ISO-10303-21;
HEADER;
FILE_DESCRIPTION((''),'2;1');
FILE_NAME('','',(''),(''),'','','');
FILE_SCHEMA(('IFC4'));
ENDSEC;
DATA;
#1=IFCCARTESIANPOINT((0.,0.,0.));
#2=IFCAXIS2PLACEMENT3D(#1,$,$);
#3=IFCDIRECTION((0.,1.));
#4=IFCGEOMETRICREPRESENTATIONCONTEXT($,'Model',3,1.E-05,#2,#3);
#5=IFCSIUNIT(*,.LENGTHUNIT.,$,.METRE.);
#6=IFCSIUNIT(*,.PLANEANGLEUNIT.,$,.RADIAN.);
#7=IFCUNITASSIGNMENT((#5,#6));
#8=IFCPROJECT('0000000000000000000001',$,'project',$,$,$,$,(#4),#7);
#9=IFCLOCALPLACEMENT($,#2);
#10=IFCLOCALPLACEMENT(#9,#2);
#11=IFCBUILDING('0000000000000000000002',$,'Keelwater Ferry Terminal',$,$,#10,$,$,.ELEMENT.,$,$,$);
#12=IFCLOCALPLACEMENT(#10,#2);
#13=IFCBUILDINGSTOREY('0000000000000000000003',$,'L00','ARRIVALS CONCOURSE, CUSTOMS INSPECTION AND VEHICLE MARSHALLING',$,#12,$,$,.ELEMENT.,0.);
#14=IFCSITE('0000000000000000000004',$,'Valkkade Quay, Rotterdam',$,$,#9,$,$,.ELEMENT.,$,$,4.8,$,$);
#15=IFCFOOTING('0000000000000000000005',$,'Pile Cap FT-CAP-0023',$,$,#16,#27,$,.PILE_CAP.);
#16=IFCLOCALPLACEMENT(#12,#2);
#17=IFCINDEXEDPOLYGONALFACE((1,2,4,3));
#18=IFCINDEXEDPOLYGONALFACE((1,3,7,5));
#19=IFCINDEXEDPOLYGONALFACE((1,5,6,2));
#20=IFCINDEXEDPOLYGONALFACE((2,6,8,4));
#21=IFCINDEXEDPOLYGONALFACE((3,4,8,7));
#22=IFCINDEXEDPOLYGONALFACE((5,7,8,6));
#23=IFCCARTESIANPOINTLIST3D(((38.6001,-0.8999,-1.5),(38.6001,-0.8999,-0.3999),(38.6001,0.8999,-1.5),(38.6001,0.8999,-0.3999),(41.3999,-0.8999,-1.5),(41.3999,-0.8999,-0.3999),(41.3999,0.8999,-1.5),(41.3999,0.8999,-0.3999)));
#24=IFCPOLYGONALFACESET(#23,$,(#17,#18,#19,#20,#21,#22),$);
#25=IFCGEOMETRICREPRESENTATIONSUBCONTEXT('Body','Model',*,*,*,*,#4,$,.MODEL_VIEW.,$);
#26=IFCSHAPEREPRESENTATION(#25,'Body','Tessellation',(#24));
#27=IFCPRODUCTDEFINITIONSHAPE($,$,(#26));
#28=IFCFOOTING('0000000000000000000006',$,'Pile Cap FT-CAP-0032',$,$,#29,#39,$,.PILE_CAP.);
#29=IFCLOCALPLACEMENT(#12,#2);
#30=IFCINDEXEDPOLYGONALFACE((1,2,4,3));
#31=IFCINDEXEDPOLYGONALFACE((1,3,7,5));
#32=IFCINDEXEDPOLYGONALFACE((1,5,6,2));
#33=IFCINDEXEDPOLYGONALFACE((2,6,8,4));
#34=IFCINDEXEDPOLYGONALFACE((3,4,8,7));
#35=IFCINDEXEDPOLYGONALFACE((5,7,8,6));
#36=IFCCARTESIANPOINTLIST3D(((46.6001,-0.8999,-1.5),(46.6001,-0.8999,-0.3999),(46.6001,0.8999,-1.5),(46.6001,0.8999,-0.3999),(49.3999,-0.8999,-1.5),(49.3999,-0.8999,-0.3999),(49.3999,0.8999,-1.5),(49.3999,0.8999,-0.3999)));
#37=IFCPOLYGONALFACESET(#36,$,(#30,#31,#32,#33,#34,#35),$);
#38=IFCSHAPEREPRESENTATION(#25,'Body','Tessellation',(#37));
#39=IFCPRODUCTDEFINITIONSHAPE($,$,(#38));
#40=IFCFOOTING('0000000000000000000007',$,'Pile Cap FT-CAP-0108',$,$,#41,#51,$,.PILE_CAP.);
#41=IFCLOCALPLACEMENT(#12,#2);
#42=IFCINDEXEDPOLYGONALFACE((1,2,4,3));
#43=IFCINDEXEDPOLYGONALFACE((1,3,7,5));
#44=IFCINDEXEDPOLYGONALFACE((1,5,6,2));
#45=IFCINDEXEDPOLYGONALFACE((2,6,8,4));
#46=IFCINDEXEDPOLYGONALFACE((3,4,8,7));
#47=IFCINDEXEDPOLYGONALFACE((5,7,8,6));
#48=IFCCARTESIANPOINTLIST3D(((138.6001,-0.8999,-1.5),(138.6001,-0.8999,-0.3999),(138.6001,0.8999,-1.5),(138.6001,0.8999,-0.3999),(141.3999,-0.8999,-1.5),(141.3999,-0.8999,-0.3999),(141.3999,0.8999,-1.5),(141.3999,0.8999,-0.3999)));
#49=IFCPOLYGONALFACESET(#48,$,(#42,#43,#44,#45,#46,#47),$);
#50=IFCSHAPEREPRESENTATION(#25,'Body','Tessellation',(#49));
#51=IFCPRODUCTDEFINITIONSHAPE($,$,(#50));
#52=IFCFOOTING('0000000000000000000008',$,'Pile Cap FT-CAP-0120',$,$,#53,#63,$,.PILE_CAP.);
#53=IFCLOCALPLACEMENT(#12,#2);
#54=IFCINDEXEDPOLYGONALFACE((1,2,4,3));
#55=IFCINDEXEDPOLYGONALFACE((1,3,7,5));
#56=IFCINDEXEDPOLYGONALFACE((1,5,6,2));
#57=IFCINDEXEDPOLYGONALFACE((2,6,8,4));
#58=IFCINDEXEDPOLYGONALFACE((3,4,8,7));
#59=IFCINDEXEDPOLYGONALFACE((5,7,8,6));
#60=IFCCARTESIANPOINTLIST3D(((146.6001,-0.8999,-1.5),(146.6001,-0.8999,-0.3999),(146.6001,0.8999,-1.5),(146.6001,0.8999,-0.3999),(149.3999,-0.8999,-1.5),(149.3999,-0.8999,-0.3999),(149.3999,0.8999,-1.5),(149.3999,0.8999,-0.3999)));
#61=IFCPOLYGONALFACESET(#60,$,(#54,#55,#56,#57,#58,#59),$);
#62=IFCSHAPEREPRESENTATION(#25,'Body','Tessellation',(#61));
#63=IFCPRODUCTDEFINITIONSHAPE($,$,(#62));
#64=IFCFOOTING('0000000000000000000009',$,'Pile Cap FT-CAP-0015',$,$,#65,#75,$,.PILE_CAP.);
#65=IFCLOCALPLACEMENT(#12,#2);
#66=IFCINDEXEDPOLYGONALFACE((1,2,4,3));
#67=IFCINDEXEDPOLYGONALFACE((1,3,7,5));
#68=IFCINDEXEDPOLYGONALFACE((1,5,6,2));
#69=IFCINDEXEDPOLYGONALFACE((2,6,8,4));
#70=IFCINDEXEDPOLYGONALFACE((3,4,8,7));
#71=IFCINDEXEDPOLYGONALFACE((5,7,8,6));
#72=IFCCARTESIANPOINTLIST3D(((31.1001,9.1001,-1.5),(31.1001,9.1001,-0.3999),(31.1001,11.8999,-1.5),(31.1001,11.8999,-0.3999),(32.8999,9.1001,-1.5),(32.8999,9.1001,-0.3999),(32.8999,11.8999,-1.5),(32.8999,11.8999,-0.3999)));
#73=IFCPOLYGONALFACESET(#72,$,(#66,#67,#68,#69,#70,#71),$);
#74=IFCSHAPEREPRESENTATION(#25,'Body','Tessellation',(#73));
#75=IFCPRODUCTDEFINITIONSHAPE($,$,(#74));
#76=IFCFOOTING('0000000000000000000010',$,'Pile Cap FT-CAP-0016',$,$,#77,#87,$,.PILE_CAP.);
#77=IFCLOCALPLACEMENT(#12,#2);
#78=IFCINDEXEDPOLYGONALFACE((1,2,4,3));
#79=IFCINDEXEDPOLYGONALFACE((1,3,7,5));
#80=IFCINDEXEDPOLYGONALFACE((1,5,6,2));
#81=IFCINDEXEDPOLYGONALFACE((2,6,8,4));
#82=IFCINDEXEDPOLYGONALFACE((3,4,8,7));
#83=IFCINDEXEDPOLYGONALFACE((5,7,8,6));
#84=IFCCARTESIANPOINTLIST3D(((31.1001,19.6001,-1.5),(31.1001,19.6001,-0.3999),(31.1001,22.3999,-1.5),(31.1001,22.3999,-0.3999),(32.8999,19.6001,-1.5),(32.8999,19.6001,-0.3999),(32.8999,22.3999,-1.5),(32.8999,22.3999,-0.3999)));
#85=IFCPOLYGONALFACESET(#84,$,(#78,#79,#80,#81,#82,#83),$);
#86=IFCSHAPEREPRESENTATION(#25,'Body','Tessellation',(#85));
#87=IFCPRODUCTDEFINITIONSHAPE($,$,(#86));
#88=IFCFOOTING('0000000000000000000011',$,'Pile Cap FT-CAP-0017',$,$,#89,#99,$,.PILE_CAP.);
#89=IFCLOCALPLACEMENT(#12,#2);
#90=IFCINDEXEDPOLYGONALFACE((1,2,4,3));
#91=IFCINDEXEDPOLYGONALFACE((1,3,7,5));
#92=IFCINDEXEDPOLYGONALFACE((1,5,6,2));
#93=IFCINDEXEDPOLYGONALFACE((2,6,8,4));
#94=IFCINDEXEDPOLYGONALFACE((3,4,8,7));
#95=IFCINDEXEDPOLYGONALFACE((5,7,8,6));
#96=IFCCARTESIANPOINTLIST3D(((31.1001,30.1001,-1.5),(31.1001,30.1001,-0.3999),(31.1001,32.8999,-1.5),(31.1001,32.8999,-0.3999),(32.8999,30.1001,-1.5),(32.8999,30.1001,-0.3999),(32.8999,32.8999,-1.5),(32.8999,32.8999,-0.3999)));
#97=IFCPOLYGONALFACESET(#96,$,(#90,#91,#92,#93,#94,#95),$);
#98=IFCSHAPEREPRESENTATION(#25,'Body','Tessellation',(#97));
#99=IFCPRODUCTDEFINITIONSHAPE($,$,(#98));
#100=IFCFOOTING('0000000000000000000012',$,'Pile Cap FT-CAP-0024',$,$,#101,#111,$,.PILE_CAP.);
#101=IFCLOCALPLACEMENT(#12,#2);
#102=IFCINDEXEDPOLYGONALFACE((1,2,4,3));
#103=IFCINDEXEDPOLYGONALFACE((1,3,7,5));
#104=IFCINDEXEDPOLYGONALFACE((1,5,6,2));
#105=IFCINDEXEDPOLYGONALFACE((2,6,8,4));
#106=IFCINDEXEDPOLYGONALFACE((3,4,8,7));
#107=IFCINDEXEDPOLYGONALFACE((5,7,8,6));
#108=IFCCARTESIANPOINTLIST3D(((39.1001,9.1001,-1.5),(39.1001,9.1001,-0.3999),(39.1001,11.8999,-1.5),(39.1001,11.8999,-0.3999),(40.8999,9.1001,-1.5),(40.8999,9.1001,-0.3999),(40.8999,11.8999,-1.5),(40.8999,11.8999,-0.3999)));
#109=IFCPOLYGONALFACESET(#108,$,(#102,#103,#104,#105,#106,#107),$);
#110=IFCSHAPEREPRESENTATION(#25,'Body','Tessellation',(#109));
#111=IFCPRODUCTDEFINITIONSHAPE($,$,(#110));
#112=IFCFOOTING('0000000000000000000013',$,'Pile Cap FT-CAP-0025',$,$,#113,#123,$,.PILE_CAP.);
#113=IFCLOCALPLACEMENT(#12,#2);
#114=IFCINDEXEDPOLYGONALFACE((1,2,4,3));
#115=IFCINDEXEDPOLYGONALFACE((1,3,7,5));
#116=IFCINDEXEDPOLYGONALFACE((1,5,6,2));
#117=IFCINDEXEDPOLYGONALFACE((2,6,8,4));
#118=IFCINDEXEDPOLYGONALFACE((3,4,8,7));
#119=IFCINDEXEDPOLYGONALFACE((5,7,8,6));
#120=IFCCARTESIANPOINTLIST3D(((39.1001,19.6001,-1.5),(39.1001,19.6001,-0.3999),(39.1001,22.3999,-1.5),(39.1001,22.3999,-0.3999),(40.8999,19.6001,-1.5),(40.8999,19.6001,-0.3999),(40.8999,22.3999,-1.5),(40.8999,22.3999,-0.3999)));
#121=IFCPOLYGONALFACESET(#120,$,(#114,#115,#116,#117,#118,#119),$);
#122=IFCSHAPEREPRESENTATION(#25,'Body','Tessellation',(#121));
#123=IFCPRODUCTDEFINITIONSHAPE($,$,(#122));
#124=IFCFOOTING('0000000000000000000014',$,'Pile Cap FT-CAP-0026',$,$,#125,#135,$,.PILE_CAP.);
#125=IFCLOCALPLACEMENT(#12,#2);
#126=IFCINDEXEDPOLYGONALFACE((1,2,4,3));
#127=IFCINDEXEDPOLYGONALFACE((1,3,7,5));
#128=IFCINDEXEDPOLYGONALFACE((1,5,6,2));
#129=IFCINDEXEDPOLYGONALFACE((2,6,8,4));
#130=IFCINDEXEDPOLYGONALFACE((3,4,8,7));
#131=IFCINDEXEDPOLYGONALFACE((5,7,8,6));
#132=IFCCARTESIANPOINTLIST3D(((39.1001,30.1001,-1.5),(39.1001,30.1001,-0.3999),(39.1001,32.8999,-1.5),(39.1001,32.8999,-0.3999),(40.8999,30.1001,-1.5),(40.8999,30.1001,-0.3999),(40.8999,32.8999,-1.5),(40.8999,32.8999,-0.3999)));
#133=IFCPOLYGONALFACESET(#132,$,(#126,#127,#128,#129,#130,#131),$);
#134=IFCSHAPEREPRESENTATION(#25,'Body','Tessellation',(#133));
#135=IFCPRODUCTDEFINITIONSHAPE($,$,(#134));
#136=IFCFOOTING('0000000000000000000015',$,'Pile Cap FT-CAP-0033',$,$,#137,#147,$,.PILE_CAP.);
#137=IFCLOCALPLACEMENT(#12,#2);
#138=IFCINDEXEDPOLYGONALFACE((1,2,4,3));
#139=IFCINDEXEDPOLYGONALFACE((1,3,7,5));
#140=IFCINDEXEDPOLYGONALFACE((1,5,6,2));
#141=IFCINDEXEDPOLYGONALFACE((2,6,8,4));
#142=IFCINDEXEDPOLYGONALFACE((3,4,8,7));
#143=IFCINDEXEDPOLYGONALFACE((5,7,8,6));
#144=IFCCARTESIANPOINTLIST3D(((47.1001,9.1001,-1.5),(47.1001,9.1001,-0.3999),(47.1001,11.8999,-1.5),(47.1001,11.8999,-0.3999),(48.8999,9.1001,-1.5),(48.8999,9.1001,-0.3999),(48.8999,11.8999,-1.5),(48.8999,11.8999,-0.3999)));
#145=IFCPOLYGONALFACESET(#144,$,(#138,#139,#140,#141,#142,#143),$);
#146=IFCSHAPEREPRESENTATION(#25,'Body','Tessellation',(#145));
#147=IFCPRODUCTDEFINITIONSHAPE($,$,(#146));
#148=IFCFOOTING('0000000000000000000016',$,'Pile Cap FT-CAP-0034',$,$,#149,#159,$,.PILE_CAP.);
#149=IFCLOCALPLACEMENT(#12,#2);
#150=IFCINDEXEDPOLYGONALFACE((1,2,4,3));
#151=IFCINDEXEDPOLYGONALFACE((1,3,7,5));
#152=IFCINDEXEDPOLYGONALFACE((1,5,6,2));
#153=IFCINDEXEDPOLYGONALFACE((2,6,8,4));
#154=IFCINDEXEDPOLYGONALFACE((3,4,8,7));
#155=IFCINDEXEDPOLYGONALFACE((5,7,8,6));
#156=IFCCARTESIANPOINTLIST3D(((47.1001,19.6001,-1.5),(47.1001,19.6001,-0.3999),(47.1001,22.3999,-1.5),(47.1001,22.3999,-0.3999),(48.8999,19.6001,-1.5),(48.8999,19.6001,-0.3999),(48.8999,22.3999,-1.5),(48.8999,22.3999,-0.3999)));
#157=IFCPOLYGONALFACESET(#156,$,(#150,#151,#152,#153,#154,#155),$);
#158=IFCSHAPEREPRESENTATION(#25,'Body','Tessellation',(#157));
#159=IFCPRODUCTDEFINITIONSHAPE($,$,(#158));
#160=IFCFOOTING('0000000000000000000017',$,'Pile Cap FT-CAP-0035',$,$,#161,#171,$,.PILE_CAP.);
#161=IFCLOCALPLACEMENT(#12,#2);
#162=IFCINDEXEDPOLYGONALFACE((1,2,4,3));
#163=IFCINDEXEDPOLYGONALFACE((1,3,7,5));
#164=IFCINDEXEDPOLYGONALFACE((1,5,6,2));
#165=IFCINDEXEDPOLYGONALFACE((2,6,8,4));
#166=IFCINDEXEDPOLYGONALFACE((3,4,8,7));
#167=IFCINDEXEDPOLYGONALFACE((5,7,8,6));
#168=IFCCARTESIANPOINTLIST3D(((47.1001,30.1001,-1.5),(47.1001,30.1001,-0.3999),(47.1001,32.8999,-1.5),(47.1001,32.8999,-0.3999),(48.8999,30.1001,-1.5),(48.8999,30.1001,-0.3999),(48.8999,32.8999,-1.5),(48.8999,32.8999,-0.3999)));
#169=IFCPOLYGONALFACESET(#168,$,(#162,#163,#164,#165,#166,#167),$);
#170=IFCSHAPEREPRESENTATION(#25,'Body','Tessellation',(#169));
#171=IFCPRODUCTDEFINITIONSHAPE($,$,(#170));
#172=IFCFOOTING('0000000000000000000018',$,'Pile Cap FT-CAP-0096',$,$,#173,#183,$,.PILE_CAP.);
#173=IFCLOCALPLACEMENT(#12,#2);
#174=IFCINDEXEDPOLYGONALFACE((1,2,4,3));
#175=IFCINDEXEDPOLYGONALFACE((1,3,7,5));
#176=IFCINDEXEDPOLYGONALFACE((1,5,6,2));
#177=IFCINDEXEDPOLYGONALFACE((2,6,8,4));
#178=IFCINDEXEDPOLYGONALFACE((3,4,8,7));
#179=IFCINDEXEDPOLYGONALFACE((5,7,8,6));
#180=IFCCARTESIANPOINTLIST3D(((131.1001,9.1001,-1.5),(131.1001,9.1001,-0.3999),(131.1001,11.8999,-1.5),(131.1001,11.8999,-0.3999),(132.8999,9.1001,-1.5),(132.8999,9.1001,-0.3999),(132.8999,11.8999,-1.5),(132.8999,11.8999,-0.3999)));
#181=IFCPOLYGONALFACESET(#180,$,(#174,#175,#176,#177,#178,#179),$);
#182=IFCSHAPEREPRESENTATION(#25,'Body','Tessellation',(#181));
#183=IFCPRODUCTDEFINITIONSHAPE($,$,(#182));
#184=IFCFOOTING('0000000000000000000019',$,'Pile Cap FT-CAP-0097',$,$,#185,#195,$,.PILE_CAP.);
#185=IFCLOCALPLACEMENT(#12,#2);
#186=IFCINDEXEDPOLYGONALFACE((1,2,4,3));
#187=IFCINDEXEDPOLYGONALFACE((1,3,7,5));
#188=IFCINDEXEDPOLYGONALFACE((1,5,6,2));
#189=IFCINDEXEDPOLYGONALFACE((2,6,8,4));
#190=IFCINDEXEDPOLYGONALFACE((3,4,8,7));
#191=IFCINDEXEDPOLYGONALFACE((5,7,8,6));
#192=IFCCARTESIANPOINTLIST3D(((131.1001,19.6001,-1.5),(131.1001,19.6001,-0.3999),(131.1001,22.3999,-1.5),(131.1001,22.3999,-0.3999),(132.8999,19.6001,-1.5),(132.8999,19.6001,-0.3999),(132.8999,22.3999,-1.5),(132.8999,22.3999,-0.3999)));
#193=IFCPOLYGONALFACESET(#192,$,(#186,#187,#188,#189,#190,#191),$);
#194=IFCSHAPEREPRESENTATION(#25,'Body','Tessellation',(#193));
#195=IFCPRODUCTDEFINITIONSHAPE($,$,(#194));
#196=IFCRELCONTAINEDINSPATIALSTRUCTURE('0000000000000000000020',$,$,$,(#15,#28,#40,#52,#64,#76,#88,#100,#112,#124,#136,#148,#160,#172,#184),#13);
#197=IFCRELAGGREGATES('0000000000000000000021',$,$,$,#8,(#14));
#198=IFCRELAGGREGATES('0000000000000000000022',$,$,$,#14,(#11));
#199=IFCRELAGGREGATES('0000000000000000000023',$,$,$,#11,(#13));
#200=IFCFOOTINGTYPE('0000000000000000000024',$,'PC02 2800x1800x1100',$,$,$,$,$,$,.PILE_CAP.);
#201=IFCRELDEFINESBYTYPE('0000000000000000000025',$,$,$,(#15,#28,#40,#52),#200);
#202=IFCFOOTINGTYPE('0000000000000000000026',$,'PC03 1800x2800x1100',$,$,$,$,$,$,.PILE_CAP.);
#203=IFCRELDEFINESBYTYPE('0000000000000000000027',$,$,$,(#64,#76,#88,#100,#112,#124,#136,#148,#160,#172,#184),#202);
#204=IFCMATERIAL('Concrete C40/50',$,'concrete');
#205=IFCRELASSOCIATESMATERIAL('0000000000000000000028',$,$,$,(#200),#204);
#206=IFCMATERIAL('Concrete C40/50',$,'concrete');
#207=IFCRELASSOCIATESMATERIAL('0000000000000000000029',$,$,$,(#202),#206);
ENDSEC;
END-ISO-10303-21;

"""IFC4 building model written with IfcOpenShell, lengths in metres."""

from ifc_helpers import new_model, si_unit, direction, frame, origin, place, context, subcontext, project, spatial, polyline, outline, extrude, material, type_object, element, save


model = new_model("IFC4")

# Units and contexts
model_context = context("Model", 3, precision=1e-05, world=origin(), true_north=direction((0.0, 1.0)))
body_context = subcontext(model_context, "Body", "Model", "MODEL_VIEW")
ifc_project = project(units=[si_unit("LENGTHUNIT", "METRE"), si_unit("PLANEANGLEUNIT", "RADIAN")], contexts=[model_context])

# Site, building, storey
site_placement = place(None, origin())
site = spatial("IfcSite", under=ifc_project, at=site_placement, Name="Valkkade Quay, Rotterdam", CompositionType="ELEMENT", RefElevation=4.8)
building_placement = place(site_placement, origin())
building = spatial("IfcBuilding", under=site, at=building_placement, Name="Keelwater Ferry Terminal", CompositionType="ELEMENT")
storey_placement = place(building_placement, origin())
storey = spatial("IfcBuildingStorey", under=building, at=storey_placement, Name="L00", Description="ARRIVALS CONCOURSE, CUSTOMS INSPECTION AND VEHICLE MARSHALLING", CompositionType="ELEMENT", Elevation=0.0)

# Footings
ifc_material_1 = material(Name="Concrete C40/50", Category="concrete")
footing_type_1 = type_object("IfcFootingType", Name="PC02 2800x1800x1100", PredefinedType="PILE_CAP", material=ifc_material_1)
footing_1_placement = place(storey_placement, frame((0.0, 0.0, -1.5)))
element("IfcFooting", 1, at=footing_1_placement, inside=storey, type_object=footing_type_1, Name="Pile Cap FT-CAP-0023", PredefinedType="PILE_CAP", context=body_context, shape_type="SweptSolid", body=[
    extrude(outline(polyline([(38.6001, -0.8999), (41.3999, -0.8999), (41.3999, 0.8999), (38.6001, 0.8999), (38.6001, -0.8999)])), origin(), (0.0, 0.0, 1.0), 1.1001),
])
footing_2_placement = place(storey_placement, frame((0.0, 0.0, -1.5)))
element("IfcFooting", 2, at=footing_2_placement, inside=storey, type_object=footing_type_1, Name="Pile Cap FT-CAP-0032", PredefinedType="PILE_CAP", context=body_context, shape_type="SweptSolid", body=[
    extrude(outline(polyline([(46.6001, -0.8999), (49.3999, -0.8999), (49.3999, 0.8999), (46.6001, 0.8999), (46.6001, -0.8999)])), origin(), (0.0, 0.0, 1.0), 1.1001),
])
footing_3_placement = place(storey_placement, frame((0.0, 0.0, -1.5)))
element("IfcFooting", 3, at=footing_3_placement, inside=storey, type_object=footing_type_1, Name="Pile Cap FT-CAP-0108", PredefinedType="PILE_CAP", context=body_context, shape_type="SweptSolid", body=[
    extrude(outline(polyline([(138.6001, -0.8999), (141.3999, -0.8999), (141.3999, 0.8999), (138.6001, 0.8999), (138.6001, -0.8999)])), origin(), (0.0, 0.0, 1.0), 1.1001),
])
footing_4_placement = place(storey_placement, frame((0.0, 0.0, -1.5)))
element("IfcFooting", 4, at=footing_4_placement, inside=storey, type_object=footing_type_1, Name="Pile Cap FT-CAP-0120", PredefinedType="PILE_CAP", context=body_context, shape_type="SweptSolid", body=[
    extrude(outline(polyline([(146.6001, -0.8999), (149.3999, -0.8999), (149.3999, 0.8999), (146.6001, 0.8999), (146.6001, -0.8999)])), origin(), (0.0, 0.0, 1.0), 1.1001),
])
ifc_material_2 = material(Name="Concrete C40/50", Category="concrete")
footing_type_2 = type_object("IfcFootingType", Name="PC03 1800x2800x1100", PredefinedType="PILE_CAP", material=ifc_material_2)
footing_5_placement = place(storey_placement, frame((0.0, 0.0, -1.5)))
element("IfcFooting", 5, at=footing_5_placement, inside=storey, type_object=footing_type_2, Name="Pile Cap FT-CAP-0015", PredefinedType="PILE_CAP", context=body_context, shape_type="SweptSolid", body=[
    extrude(outline(polyline([(31.1001, 9.1001), (32.8999, 9.1001), (32.8999, 11.8999), (31.1001, 11.8999), (31.1001, 9.1001)])), origin(), (0.0, 0.0, 1.0), 1.1001),
])
footing_6_placement = place(storey_placement, frame((0.0, 0.0, -1.5)))
element("IfcFooting", 6, at=footing_6_placement, inside=storey, type_object=footing_type_2, Name="Pile Cap FT-CAP-0016", PredefinedType="PILE_CAP", context=body_context, shape_type="SweptSolid", body=[
    extrude(outline(polyline([(31.1001, 19.6001), (32.8999, 19.6001), (32.8999, 22.3999), (31.1001, 22.3999), (31.1001, 19.6001)])), origin(), (0.0, 0.0, 1.0), 1.1001),
])
footing_7_placement = place(storey_placement, frame((0.0, 0.0, -1.5)))
element("IfcFooting", 7, at=footing_7_placement, inside=storey, type_object=footing_type_2, Name="Pile Cap FT-CAP-0017", PredefinedType="PILE_CAP", context=body_context, shape_type="SweptSolid", body=[
    extrude(outline(polyline([(31.1001, 30.1001), (32.8999, 30.1001), (32.8999, 32.8999), (31.1001, 32.8999), (31.1001, 30.1001)])), origin(), (0.0, 0.0, 1.0), 1.1001),
])
footing_8_placement = place(storey_placement, frame((0.0, 0.0, -1.5)))
element("IfcFooting", 8, at=footing_8_placement, inside=storey, type_object=footing_type_2, Name="Pile Cap FT-CAP-0024", PredefinedType="PILE_CAP", context=body_context, shape_type="SweptSolid", body=[
    extrude(outline(polyline([(39.1001, 9.1001), (40.8999, 9.1001), (40.8999, 11.8999), (39.1001, 11.8999), (39.1001, 9.1001)])), origin(), (0.0, 0.0, 1.0), 1.1001),
])
footing_9_placement = place(storey_placement, frame((0.0, 0.0, -1.5)))
element("IfcFooting", 9, at=footing_9_placement, inside=storey, type_object=footing_type_2, Name="Pile Cap FT-CAP-0025", PredefinedType="PILE_CAP", context=body_context, shape_type="SweptSolid", body=[
    extrude(outline(polyline([(39.1001, 19.6001), (40.8999, 19.6001), (40.8999, 22.3999), (39.1001, 22.3999), (39.1001, 19.6001)])), origin(), (0.0, 0.0, 1.0), 1.1001),
])
footing_10_placement = place(storey_placement, frame((0.0, 0.0, -1.5)))
element("IfcFooting", 10, at=footing_10_placement, inside=storey, type_object=footing_type_2, Name="Pile Cap FT-CAP-0026", PredefinedType="PILE_CAP", context=body_context, shape_type="SweptSolid", body=[
    extrude(outline(polyline([(39.1001, 30.1001), (40.8999, 30.1001), (40.8999, 32.8999), (39.1001, 32.8999), (39.1001, 30.1001)])), origin(), (0.0, 0.0, 1.0), 1.1001),
])
footing_11_placement = place(storey_placement, frame((0.0, 0.0, -1.5)))
element("IfcFooting", 11, at=footing_11_placement, inside=storey, type_object=footing_type_2, Name="Pile Cap FT-CAP-0033", PredefinedType="PILE_CAP", context=body_context, shape_type="SweptSolid", body=[
    extrude(outline(polyline([(47.1001, 9.1001), (48.8999, 9.1001), (48.8999, 11.8999), (47.1001, 11.8999), (47.1001, 9.1001)])), origin(), (0.0, 0.0, 1.0), 1.1001),
])
footing_12_placement = place(storey_placement, frame((0.0, 0.0, -1.5)))
element("IfcFooting", 12, at=footing_12_placement, inside=storey, type_object=footing_type_2, Name="Pile Cap FT-CAP-0034", PredefinedType="PILE_CAP", context=body_context, shape_type="SweptSolid", body=[
    extrude(outline(polyline([(47.1001, 19.6001), (48.8999, 19.6001), (48.8999, 22.3999), (47.1001, 22.3999), (47.1001, 19.6001)])), origin(), (0.0, 0.0, 1.0), 1.1001),
])
footing_13_placement = place(storey_placement, frame((0.0, 0.0, -1.5)))
element("IfcFooting", 13, at=footing_13_placement, inside=storey, type_object=footing_type_2, Name="Pile Cap FT-CAP-0035", PredefinedType="PILE_CAP", context=body_context, shape_type="SweptSolid", body=[
    extrude(outline(polyline([(47.1001, 30.1001), (48.8999, 30.1001), (48.8999, 32.8999), (47.1001, 32.8999), (47.1001, 30.1001)])), origin(), (0.0, 0.0, 1.0), 1.1001),
])
footing_14_placement = place(storey_placement, frame((0.0, 0.0, -1.5)))
element("IfcFooting", 14, at=footing_14_placement, inside=storey, type_object=footing_type_2, Name="Pile Cap FT-CAP-0096", PredefinedType="PILE_CAP", context=body_context, shape_type="SweptSolid", body=[
    extrude(outline(polyline([(131.1001, 9.1001), (132.8999, 9.1001), (132.8999, 11.8999), (131.1001, 11.8999), (131.1001, 9.1001)])), origin(), (0.0, 0.0, 1.0), 1.1001),
])
footing_15_placement = place(storey_placement, frame((0.0, 0.0, -1.5)))
element("IfcFooting", 15, at=footing_15_placement, inside=storey, type_object=footing_type_2, Name="Pile Cap FT-CAP-0097", PredefinedType="PILE_CAP", context=body_context, shape_type="SweptSolid", body=[
    extrude(outline(polyline([(131.1001, 19.6001), (132.8999, 19.6001), (132.8999, 22.3999), (131.1001, 22.3999), (131.1001, 19.6001)])), origin(), (0.0, 0.0, 1.0), 1.1001),
])

save(model, "model.ifc")
